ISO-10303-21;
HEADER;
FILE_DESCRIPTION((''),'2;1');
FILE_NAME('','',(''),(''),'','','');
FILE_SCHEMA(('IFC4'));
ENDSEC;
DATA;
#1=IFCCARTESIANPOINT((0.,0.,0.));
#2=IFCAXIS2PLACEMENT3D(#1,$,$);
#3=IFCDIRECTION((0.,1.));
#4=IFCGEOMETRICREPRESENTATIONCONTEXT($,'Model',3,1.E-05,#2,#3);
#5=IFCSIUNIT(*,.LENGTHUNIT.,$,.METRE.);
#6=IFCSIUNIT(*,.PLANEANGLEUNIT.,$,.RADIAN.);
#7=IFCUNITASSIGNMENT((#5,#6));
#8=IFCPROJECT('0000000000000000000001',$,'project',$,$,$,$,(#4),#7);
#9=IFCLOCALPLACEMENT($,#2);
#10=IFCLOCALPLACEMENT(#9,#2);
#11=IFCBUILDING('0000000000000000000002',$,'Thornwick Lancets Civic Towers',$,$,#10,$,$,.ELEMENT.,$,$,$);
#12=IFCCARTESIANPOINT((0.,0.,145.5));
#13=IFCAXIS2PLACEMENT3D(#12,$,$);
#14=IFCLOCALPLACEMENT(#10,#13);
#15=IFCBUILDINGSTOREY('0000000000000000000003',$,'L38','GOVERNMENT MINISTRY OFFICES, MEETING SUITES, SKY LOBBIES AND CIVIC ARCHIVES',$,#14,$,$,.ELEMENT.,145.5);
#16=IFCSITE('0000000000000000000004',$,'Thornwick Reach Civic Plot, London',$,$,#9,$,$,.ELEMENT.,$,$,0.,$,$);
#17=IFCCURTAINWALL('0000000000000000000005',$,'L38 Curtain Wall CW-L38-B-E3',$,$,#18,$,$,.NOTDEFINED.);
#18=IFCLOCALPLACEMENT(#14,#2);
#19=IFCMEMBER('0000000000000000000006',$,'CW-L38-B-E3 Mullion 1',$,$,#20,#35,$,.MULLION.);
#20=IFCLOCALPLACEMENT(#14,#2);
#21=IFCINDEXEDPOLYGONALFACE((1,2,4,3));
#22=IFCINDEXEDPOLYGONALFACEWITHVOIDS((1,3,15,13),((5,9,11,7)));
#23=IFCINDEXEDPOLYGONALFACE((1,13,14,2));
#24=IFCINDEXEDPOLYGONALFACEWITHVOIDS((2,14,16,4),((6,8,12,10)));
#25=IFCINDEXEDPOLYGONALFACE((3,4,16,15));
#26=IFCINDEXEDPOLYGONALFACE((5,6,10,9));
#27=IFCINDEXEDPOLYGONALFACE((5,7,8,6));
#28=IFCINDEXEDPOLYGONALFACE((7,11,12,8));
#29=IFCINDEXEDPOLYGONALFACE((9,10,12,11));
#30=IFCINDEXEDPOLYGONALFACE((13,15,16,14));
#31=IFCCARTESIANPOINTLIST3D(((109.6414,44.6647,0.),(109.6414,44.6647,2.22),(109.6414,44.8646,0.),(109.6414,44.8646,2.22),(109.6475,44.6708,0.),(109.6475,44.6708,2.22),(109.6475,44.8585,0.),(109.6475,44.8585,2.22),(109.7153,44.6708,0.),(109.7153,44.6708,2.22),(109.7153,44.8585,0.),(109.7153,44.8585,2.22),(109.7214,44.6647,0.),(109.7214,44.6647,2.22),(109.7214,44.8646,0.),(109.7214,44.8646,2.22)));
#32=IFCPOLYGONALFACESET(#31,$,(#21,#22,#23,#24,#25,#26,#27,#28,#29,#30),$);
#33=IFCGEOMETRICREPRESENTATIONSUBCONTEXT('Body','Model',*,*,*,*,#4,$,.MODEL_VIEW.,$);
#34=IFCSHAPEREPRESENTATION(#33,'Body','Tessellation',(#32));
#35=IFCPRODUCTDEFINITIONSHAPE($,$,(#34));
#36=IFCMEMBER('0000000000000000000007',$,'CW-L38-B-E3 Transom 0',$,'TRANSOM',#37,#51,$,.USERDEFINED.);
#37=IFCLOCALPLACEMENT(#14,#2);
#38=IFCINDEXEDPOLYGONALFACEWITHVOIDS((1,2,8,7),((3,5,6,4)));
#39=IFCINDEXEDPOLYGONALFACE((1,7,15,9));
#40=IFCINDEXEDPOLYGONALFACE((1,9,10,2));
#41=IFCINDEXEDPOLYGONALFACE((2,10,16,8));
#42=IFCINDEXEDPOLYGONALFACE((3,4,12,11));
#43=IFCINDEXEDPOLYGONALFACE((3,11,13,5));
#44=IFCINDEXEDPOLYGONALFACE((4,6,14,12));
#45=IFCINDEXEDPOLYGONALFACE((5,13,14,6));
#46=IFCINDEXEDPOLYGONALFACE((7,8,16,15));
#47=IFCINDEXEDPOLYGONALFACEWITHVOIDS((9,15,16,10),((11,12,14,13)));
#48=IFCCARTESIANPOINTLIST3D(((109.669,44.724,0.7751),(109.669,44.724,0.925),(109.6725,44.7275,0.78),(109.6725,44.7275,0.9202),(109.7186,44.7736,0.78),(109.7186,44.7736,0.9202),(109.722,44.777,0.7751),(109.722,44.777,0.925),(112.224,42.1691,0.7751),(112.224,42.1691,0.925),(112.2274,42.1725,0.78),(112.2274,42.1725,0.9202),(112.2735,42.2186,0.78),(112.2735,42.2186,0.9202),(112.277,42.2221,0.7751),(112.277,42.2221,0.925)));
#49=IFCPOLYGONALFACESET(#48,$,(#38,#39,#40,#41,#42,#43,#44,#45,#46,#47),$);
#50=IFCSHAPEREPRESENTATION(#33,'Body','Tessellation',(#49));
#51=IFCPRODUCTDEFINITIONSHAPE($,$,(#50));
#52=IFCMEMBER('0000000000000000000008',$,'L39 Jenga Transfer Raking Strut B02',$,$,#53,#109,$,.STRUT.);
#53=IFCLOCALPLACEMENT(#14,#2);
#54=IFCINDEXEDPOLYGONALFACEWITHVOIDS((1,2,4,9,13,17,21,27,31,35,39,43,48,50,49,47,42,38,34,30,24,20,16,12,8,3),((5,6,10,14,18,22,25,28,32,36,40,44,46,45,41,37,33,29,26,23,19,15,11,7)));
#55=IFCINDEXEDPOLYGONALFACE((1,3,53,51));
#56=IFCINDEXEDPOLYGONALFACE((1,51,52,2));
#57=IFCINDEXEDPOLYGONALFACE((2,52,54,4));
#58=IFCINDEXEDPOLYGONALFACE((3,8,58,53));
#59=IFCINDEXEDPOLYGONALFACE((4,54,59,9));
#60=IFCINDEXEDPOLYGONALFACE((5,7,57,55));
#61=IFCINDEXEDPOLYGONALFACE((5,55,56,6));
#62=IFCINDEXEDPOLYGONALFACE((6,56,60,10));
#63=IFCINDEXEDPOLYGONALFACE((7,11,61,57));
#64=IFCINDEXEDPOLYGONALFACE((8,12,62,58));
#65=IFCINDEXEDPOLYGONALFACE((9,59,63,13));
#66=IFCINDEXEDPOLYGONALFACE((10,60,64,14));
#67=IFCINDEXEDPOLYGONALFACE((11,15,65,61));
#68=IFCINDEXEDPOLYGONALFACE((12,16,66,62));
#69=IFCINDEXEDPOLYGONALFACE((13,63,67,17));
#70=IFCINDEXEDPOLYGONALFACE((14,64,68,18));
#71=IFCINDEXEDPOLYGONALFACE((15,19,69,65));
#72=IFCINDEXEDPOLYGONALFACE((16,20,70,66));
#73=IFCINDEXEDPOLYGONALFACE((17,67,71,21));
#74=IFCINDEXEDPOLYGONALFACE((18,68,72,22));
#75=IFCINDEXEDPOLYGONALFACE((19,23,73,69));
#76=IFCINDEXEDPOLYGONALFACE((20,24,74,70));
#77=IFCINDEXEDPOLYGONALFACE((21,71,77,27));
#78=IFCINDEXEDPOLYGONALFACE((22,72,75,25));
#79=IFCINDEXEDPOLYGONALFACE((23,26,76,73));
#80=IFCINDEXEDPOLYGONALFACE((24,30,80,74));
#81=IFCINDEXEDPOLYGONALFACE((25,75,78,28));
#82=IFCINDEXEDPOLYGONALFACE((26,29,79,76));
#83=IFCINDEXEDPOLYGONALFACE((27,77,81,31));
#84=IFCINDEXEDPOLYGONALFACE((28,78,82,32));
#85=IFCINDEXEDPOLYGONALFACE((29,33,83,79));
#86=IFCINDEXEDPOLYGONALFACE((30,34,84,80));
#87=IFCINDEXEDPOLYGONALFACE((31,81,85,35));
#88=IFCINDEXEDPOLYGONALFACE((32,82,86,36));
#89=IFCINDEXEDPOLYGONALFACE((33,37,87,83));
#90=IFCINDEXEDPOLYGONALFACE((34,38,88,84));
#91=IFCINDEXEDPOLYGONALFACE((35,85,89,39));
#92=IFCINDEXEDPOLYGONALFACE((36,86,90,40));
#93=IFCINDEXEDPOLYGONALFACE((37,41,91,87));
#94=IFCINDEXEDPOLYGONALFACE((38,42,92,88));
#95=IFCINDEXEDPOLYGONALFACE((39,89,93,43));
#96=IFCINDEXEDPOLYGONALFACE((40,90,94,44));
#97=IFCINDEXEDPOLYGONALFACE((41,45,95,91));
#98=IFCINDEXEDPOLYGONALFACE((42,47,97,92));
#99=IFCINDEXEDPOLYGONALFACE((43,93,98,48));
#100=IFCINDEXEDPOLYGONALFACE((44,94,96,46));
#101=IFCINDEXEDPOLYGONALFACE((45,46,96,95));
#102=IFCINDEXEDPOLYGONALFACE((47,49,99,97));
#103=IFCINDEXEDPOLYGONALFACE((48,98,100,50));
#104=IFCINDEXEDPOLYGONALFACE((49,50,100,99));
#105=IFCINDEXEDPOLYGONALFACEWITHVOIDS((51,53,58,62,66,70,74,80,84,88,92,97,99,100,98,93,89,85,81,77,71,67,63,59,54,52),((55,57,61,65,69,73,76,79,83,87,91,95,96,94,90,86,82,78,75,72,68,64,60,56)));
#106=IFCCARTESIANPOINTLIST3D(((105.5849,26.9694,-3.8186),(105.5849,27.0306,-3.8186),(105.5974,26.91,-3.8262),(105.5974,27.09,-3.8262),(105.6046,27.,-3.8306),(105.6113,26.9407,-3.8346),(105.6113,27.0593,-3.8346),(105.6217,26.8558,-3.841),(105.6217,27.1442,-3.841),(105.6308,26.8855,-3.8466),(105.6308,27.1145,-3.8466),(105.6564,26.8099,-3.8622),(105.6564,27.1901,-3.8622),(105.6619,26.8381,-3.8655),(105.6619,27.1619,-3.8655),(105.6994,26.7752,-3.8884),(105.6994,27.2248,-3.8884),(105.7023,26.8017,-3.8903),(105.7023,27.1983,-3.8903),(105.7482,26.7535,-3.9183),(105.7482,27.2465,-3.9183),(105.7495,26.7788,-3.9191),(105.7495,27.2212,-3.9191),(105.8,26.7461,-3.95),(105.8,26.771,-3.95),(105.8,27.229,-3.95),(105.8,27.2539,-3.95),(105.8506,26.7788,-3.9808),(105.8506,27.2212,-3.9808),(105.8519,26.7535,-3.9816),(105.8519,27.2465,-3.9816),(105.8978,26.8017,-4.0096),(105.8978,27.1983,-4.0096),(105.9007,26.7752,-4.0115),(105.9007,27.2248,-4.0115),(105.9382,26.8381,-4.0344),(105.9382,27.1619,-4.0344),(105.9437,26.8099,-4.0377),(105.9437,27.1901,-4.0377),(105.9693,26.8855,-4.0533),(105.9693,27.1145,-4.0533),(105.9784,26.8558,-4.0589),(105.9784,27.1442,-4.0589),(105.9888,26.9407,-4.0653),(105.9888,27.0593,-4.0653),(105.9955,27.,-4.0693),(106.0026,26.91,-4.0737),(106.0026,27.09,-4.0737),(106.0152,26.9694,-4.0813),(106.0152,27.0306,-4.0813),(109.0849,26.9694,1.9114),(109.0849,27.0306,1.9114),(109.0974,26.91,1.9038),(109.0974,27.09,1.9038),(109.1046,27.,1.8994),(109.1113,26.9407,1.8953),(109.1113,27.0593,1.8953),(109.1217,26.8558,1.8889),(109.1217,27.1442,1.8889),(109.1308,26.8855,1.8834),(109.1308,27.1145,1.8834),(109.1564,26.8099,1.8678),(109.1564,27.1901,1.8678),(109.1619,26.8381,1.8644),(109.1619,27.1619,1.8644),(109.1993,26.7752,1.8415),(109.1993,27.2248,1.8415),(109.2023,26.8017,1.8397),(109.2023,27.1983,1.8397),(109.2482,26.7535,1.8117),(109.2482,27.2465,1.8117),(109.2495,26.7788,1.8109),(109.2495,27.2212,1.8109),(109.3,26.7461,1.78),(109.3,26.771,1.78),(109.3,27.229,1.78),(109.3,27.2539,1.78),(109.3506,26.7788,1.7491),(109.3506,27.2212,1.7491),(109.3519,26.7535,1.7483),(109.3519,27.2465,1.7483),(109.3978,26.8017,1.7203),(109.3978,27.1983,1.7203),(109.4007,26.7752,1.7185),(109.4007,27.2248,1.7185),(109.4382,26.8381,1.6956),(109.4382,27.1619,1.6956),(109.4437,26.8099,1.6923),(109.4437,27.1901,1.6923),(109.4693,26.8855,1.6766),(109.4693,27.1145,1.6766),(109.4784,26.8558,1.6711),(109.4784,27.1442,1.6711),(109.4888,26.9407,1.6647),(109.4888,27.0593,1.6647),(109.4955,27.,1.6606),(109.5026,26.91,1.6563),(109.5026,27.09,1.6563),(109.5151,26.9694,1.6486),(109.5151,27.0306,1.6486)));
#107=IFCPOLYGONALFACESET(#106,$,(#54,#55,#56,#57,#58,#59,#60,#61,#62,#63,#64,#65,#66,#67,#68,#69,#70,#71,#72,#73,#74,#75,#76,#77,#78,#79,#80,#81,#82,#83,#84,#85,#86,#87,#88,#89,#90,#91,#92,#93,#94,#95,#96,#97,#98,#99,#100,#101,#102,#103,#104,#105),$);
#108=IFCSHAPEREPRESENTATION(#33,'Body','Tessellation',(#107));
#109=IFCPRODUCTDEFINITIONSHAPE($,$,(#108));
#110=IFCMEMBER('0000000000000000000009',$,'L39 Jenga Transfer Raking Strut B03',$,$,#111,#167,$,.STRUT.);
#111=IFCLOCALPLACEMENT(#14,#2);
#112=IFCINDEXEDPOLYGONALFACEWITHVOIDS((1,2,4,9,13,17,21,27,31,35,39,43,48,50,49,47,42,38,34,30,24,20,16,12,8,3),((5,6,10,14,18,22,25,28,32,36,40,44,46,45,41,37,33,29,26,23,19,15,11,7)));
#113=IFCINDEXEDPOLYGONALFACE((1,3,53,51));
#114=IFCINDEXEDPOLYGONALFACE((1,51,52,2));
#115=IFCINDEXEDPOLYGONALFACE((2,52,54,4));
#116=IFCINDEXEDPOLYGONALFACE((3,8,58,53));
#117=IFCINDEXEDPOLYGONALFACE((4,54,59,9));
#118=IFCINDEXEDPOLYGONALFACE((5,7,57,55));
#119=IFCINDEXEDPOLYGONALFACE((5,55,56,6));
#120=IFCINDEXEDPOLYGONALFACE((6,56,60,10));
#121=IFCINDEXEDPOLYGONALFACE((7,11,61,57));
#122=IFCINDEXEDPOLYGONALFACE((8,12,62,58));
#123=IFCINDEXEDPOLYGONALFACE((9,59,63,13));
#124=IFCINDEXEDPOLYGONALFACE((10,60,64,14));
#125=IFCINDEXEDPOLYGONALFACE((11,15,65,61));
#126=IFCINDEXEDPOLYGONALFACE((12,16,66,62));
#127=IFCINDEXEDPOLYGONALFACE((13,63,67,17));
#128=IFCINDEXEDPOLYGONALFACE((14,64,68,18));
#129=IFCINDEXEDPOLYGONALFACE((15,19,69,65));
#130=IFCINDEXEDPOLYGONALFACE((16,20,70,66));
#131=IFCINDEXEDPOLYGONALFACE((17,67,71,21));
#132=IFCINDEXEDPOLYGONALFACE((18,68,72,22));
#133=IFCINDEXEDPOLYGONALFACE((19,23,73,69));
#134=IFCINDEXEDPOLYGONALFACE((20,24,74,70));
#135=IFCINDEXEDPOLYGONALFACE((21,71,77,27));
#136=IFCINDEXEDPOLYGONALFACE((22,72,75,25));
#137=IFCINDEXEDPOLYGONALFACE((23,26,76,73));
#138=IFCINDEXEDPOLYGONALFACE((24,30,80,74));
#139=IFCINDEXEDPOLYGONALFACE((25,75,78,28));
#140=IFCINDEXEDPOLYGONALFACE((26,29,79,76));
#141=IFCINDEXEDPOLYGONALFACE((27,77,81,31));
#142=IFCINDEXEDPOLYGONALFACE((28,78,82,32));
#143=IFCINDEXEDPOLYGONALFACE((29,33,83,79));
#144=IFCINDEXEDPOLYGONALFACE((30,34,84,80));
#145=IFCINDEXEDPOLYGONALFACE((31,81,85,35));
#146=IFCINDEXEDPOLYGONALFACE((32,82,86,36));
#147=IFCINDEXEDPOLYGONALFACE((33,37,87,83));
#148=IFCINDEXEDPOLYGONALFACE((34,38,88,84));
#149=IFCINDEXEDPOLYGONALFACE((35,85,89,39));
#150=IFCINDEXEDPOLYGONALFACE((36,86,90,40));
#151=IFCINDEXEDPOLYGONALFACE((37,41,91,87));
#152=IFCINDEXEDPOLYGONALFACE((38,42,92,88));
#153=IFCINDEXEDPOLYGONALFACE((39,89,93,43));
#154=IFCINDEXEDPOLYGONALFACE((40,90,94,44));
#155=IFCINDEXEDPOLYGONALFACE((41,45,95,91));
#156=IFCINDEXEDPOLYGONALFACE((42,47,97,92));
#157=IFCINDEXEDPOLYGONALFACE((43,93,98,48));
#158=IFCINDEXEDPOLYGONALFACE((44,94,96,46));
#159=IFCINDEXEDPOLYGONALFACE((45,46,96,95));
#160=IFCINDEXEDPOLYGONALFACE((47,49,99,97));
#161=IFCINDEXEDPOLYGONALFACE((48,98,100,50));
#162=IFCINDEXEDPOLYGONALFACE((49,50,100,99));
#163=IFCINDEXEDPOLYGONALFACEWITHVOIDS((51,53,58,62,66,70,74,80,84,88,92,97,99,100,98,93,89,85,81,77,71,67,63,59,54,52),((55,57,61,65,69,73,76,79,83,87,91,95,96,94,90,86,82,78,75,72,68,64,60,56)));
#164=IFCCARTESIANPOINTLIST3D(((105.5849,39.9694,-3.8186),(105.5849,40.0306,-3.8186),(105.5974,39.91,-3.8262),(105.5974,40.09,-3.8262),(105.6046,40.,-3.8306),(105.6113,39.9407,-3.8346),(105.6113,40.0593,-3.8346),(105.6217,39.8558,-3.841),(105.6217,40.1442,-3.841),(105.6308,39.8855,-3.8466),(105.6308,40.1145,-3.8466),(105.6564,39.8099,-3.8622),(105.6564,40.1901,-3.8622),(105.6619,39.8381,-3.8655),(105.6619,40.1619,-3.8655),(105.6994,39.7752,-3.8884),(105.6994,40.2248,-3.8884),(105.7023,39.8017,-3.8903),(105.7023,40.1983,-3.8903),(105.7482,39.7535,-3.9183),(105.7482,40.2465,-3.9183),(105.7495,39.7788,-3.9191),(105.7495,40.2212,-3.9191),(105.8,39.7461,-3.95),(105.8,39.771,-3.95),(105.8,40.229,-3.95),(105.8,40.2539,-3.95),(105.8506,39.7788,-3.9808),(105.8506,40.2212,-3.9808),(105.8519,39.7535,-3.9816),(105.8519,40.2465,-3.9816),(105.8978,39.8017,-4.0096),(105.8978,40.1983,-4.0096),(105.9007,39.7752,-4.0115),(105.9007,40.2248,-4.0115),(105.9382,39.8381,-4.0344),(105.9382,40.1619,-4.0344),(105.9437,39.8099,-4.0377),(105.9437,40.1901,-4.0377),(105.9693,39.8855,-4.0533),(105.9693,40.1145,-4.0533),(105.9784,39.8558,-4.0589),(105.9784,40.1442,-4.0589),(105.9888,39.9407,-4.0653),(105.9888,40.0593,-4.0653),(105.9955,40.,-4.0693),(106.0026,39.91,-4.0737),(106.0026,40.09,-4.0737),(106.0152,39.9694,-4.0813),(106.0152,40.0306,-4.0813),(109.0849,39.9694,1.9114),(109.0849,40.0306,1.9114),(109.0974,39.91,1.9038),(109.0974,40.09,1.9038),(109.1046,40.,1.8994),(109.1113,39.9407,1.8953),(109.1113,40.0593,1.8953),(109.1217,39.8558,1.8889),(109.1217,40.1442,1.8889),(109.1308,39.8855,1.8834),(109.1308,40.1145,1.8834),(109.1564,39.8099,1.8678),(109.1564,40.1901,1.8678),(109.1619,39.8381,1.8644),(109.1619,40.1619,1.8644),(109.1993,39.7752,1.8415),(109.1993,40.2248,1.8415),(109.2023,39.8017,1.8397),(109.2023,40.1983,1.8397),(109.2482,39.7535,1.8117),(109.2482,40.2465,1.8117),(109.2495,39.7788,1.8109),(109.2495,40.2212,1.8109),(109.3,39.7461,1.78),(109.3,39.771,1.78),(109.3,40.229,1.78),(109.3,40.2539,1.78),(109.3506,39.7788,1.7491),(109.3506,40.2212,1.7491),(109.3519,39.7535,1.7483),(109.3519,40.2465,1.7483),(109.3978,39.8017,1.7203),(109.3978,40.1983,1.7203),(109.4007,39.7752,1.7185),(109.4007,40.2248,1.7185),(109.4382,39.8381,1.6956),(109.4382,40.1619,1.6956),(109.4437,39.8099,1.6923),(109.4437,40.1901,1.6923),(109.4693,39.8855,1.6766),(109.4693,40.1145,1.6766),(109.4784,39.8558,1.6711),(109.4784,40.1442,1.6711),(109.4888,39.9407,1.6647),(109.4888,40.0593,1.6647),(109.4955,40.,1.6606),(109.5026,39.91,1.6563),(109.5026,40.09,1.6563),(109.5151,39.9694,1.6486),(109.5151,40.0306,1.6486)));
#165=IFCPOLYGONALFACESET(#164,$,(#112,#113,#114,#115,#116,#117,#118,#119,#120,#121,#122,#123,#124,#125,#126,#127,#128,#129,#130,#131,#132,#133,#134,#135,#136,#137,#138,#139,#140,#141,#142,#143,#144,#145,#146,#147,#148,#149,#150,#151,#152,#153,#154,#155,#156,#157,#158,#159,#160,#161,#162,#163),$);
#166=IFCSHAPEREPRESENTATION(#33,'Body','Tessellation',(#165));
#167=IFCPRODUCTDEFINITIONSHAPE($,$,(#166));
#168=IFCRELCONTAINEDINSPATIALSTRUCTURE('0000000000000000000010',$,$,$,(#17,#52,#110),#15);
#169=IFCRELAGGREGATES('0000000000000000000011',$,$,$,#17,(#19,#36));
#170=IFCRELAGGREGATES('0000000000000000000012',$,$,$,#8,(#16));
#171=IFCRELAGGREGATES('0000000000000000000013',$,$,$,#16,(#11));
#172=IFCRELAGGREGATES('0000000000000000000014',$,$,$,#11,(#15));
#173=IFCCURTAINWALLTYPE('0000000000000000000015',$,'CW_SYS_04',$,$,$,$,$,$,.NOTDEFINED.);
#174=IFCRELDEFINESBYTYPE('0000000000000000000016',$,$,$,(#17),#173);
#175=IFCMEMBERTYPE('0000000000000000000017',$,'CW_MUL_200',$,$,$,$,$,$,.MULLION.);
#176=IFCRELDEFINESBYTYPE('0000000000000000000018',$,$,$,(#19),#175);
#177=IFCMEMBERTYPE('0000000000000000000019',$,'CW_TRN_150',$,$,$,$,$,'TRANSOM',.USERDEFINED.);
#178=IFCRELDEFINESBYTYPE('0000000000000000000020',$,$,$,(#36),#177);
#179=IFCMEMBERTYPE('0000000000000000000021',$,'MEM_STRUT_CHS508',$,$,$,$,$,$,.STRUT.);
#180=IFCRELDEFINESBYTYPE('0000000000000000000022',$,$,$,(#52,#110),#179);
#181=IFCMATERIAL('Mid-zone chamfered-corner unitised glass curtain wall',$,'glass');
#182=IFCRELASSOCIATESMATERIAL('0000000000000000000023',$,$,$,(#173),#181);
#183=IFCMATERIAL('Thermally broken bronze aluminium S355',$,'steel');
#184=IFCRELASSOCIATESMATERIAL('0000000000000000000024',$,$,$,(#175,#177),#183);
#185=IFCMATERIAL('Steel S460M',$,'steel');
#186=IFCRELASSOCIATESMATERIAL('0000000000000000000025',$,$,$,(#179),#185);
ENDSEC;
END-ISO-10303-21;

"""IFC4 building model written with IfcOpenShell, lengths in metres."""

from ifc_helpers import new_model, si_unit, direction, frame, origin, origin_2d, place, context, subcontext, project, spatial, hollow_rectangle, hollow_circle, extrude, material, material_profile, profile_set, type_object, element, aggregate, save


model = new_model("IFC4")

# Units and contexts
model_context = context("Model", 3, precision=1e-05, world=origin(), true_north=direction((0.0, 1.0)))
body_context = subcontext(model_context, "Body", "Model", "MODEL_VIEW")
ifc_project = project(units=[si_unit("LENGTHUNIT", "METRE"), si_unit("PLANEANGLEUNIT", "RADIAN")], contexts=[model_context])

# Site, building, storey
site_placement = place(None, origin())
site = spatial("IfcSite", under=ifc_project, at=site_placement, Name="Thornwick Reach Civic Plot, London", CompositionType="ELEMENT", RefElevation=0.0)
building_placement = place(site_placement, origin())
building = spatial("IfcBuilding", under=site, at=building_placement, Name="Thornwick Lancets Civic Towers", CompositionType="ELEMENT")
storey_placement = place(building_placement, frame((0.0, 0.0, 145.5)))
storey = spatial("IfcBuildingStorey", under=building, at=storey_placement, Name="L38", Description="GOVERNMENT MINISTRY OFFICES, MEETING SUITES, SKY LOBBIES AND CIVIC ARCHIVES", CompositionType="ELEMENT", Elevation=145.5)

# Shared definitions
ifc_material_1 = material(Name="Steel S460M", Category="steel")

# Curtain wall, members
ifc_material_2 = material(Name="Mid-zone chamfered-corner unitised glass curtain wall", Category="glass")
curtain_wall_type = type_object("IfcCurtainWallType", Name="CW_SYS_04", PredefinedType="NOTDEFINED", material=ifc_material_2)
curtain_wall_placement = place(storey_placement, origin())
curtain_wall = element("IfcCurtainWall", 1, at=curtain_wall_placement, inside=storey, type_object=curtain_wall_type, Name="L38 Curtain Wall CW-L38-B-E3", PredefinedType="NOTDEFINED")
ifc_material_3 = material(Name="Thermally broken bronze aluminium S355", Category="steel")
ifc_material_profile_1 = material_profile(ifc_material_3, hollow_rectangle(XDim=0.0801, YDim=0.2, WallThickness=0.0061, at=origin_2d()), Name="RHS 200x80x6")
ifc_profile_set_1 = profile_set([ifc_material_profile_1], Name="Thermally broken bronze aluminium S355")
member_type_1 = type_object("IfcMemberType", Name="CW_MUL_200", PredefinedType="MULLION", material=ifc_profile_set_1)
member_1_placement = place(storey_placement, frame((109.6814, 44.7646, 0.0), z_axis=(0.0, 0.0, 1.0), x_axis=(1.0, 0.0, 0.0)))
member_1 = element("IfcMember", 2, at=member_1_placement, type_object=member_type_1, Name="CW-L38-B-E3 Mullion 1", PredefinedType="MULLION", context=body_context, shape_type="SweptSolid", body=[
    extrude(hollow_rectangle(XDim=0.0801, YDim=0.2, WallThickness=0.0061, at=origin_2d()), origin(), (0.0, 0.0, 1.0), 2.22),
])
ifc_material_profile_2 = material_profile(ifc_material_3, hollow_rectangle(XDim=0.075, YDim=0.1499, WallThickness=0.0049, at=origin_2d()), Name="RHS 150x75x5")
ifc_profile_set_2 = profile_set([ifc_material_profile_2], Name="Thermally broken bronze aluminium S355")
member_type_2 = type_object("IfcMemberType", Name="CW_TRN_150", ElementType="TRANSOM", PredefinedType="USERDEFINED", material=ifc_profile_set_2)
member_2_placement = place(storey_placement, frame((112.2505, 42.1956, 0.8501), z_axis=(-0.707107, 0.707107, 0.0), x_axis=(-0.707107, -0.707107, 0.0)))
member_2 = element("IfcMember", 3, at=member_2_placement, type_object=member_type_2, Name="CW-L38-B-E3 Transom 0", ObjectType="TRANSOM", PredefinedType="USERDEFINED", context=body_context, shape_type="SweptSolid", body=[
    extrude(hollow_rectangle(XDim=0.075, YDim=0.1499, WallThickness=0.0049, at=origin_2d()), origin(), (0.0, 0.0, 1.0), 3.6133),
])

# Members
ifc_material_profile_3 = material_profile(ifc_material_1, hollow_circle(Radius=0.2539, WallThickness=0.0249, at=origin_2d()), Name="CHS 508x25")
ifc_profile_set_3 = profile_set([ifc_material_profile_3], Name="Steel S460M")
member_type_3 = type_object("IfcMemberType", Name="MEM_STRUT_CHS508", PredefinedType="STRUT", material=ifc_profile_set_3)
for number, where, z_axis, x_axis, name in (
    (4, (105.8, 27.0, -3.95), (0.521271, 0.0, 0.853391), (0.0, 1.0, 0.0), "L39 Jenga Transfer Raking Strut B02"),
    (5, (105.8, 40.0, -3.95), (0.521271, 0.0, 0.853391), (0.0, 1.0, 0.0), "L39 Jenga Transfer Raking Strut B03"),
):
    element("IfcMember", number, at=place(storey_placement, frame(where, z_axis=z_axis, x_axis=x_axis)), inside=storey, type_object=member_type_3, Name=name, PredefinedType="STRUT", context=body_context, shape_type="SweptSolid", body=[
        extrude(hollow_circle(Radius=0.2539, WallThickness=0.0249, at=origin_2d()), origin(), (0.0, 0.0, 1.0), 6.7144),
    ])

aggregate(curtain_wall, [member_1, member_2])

save(model, "model.ifc")
